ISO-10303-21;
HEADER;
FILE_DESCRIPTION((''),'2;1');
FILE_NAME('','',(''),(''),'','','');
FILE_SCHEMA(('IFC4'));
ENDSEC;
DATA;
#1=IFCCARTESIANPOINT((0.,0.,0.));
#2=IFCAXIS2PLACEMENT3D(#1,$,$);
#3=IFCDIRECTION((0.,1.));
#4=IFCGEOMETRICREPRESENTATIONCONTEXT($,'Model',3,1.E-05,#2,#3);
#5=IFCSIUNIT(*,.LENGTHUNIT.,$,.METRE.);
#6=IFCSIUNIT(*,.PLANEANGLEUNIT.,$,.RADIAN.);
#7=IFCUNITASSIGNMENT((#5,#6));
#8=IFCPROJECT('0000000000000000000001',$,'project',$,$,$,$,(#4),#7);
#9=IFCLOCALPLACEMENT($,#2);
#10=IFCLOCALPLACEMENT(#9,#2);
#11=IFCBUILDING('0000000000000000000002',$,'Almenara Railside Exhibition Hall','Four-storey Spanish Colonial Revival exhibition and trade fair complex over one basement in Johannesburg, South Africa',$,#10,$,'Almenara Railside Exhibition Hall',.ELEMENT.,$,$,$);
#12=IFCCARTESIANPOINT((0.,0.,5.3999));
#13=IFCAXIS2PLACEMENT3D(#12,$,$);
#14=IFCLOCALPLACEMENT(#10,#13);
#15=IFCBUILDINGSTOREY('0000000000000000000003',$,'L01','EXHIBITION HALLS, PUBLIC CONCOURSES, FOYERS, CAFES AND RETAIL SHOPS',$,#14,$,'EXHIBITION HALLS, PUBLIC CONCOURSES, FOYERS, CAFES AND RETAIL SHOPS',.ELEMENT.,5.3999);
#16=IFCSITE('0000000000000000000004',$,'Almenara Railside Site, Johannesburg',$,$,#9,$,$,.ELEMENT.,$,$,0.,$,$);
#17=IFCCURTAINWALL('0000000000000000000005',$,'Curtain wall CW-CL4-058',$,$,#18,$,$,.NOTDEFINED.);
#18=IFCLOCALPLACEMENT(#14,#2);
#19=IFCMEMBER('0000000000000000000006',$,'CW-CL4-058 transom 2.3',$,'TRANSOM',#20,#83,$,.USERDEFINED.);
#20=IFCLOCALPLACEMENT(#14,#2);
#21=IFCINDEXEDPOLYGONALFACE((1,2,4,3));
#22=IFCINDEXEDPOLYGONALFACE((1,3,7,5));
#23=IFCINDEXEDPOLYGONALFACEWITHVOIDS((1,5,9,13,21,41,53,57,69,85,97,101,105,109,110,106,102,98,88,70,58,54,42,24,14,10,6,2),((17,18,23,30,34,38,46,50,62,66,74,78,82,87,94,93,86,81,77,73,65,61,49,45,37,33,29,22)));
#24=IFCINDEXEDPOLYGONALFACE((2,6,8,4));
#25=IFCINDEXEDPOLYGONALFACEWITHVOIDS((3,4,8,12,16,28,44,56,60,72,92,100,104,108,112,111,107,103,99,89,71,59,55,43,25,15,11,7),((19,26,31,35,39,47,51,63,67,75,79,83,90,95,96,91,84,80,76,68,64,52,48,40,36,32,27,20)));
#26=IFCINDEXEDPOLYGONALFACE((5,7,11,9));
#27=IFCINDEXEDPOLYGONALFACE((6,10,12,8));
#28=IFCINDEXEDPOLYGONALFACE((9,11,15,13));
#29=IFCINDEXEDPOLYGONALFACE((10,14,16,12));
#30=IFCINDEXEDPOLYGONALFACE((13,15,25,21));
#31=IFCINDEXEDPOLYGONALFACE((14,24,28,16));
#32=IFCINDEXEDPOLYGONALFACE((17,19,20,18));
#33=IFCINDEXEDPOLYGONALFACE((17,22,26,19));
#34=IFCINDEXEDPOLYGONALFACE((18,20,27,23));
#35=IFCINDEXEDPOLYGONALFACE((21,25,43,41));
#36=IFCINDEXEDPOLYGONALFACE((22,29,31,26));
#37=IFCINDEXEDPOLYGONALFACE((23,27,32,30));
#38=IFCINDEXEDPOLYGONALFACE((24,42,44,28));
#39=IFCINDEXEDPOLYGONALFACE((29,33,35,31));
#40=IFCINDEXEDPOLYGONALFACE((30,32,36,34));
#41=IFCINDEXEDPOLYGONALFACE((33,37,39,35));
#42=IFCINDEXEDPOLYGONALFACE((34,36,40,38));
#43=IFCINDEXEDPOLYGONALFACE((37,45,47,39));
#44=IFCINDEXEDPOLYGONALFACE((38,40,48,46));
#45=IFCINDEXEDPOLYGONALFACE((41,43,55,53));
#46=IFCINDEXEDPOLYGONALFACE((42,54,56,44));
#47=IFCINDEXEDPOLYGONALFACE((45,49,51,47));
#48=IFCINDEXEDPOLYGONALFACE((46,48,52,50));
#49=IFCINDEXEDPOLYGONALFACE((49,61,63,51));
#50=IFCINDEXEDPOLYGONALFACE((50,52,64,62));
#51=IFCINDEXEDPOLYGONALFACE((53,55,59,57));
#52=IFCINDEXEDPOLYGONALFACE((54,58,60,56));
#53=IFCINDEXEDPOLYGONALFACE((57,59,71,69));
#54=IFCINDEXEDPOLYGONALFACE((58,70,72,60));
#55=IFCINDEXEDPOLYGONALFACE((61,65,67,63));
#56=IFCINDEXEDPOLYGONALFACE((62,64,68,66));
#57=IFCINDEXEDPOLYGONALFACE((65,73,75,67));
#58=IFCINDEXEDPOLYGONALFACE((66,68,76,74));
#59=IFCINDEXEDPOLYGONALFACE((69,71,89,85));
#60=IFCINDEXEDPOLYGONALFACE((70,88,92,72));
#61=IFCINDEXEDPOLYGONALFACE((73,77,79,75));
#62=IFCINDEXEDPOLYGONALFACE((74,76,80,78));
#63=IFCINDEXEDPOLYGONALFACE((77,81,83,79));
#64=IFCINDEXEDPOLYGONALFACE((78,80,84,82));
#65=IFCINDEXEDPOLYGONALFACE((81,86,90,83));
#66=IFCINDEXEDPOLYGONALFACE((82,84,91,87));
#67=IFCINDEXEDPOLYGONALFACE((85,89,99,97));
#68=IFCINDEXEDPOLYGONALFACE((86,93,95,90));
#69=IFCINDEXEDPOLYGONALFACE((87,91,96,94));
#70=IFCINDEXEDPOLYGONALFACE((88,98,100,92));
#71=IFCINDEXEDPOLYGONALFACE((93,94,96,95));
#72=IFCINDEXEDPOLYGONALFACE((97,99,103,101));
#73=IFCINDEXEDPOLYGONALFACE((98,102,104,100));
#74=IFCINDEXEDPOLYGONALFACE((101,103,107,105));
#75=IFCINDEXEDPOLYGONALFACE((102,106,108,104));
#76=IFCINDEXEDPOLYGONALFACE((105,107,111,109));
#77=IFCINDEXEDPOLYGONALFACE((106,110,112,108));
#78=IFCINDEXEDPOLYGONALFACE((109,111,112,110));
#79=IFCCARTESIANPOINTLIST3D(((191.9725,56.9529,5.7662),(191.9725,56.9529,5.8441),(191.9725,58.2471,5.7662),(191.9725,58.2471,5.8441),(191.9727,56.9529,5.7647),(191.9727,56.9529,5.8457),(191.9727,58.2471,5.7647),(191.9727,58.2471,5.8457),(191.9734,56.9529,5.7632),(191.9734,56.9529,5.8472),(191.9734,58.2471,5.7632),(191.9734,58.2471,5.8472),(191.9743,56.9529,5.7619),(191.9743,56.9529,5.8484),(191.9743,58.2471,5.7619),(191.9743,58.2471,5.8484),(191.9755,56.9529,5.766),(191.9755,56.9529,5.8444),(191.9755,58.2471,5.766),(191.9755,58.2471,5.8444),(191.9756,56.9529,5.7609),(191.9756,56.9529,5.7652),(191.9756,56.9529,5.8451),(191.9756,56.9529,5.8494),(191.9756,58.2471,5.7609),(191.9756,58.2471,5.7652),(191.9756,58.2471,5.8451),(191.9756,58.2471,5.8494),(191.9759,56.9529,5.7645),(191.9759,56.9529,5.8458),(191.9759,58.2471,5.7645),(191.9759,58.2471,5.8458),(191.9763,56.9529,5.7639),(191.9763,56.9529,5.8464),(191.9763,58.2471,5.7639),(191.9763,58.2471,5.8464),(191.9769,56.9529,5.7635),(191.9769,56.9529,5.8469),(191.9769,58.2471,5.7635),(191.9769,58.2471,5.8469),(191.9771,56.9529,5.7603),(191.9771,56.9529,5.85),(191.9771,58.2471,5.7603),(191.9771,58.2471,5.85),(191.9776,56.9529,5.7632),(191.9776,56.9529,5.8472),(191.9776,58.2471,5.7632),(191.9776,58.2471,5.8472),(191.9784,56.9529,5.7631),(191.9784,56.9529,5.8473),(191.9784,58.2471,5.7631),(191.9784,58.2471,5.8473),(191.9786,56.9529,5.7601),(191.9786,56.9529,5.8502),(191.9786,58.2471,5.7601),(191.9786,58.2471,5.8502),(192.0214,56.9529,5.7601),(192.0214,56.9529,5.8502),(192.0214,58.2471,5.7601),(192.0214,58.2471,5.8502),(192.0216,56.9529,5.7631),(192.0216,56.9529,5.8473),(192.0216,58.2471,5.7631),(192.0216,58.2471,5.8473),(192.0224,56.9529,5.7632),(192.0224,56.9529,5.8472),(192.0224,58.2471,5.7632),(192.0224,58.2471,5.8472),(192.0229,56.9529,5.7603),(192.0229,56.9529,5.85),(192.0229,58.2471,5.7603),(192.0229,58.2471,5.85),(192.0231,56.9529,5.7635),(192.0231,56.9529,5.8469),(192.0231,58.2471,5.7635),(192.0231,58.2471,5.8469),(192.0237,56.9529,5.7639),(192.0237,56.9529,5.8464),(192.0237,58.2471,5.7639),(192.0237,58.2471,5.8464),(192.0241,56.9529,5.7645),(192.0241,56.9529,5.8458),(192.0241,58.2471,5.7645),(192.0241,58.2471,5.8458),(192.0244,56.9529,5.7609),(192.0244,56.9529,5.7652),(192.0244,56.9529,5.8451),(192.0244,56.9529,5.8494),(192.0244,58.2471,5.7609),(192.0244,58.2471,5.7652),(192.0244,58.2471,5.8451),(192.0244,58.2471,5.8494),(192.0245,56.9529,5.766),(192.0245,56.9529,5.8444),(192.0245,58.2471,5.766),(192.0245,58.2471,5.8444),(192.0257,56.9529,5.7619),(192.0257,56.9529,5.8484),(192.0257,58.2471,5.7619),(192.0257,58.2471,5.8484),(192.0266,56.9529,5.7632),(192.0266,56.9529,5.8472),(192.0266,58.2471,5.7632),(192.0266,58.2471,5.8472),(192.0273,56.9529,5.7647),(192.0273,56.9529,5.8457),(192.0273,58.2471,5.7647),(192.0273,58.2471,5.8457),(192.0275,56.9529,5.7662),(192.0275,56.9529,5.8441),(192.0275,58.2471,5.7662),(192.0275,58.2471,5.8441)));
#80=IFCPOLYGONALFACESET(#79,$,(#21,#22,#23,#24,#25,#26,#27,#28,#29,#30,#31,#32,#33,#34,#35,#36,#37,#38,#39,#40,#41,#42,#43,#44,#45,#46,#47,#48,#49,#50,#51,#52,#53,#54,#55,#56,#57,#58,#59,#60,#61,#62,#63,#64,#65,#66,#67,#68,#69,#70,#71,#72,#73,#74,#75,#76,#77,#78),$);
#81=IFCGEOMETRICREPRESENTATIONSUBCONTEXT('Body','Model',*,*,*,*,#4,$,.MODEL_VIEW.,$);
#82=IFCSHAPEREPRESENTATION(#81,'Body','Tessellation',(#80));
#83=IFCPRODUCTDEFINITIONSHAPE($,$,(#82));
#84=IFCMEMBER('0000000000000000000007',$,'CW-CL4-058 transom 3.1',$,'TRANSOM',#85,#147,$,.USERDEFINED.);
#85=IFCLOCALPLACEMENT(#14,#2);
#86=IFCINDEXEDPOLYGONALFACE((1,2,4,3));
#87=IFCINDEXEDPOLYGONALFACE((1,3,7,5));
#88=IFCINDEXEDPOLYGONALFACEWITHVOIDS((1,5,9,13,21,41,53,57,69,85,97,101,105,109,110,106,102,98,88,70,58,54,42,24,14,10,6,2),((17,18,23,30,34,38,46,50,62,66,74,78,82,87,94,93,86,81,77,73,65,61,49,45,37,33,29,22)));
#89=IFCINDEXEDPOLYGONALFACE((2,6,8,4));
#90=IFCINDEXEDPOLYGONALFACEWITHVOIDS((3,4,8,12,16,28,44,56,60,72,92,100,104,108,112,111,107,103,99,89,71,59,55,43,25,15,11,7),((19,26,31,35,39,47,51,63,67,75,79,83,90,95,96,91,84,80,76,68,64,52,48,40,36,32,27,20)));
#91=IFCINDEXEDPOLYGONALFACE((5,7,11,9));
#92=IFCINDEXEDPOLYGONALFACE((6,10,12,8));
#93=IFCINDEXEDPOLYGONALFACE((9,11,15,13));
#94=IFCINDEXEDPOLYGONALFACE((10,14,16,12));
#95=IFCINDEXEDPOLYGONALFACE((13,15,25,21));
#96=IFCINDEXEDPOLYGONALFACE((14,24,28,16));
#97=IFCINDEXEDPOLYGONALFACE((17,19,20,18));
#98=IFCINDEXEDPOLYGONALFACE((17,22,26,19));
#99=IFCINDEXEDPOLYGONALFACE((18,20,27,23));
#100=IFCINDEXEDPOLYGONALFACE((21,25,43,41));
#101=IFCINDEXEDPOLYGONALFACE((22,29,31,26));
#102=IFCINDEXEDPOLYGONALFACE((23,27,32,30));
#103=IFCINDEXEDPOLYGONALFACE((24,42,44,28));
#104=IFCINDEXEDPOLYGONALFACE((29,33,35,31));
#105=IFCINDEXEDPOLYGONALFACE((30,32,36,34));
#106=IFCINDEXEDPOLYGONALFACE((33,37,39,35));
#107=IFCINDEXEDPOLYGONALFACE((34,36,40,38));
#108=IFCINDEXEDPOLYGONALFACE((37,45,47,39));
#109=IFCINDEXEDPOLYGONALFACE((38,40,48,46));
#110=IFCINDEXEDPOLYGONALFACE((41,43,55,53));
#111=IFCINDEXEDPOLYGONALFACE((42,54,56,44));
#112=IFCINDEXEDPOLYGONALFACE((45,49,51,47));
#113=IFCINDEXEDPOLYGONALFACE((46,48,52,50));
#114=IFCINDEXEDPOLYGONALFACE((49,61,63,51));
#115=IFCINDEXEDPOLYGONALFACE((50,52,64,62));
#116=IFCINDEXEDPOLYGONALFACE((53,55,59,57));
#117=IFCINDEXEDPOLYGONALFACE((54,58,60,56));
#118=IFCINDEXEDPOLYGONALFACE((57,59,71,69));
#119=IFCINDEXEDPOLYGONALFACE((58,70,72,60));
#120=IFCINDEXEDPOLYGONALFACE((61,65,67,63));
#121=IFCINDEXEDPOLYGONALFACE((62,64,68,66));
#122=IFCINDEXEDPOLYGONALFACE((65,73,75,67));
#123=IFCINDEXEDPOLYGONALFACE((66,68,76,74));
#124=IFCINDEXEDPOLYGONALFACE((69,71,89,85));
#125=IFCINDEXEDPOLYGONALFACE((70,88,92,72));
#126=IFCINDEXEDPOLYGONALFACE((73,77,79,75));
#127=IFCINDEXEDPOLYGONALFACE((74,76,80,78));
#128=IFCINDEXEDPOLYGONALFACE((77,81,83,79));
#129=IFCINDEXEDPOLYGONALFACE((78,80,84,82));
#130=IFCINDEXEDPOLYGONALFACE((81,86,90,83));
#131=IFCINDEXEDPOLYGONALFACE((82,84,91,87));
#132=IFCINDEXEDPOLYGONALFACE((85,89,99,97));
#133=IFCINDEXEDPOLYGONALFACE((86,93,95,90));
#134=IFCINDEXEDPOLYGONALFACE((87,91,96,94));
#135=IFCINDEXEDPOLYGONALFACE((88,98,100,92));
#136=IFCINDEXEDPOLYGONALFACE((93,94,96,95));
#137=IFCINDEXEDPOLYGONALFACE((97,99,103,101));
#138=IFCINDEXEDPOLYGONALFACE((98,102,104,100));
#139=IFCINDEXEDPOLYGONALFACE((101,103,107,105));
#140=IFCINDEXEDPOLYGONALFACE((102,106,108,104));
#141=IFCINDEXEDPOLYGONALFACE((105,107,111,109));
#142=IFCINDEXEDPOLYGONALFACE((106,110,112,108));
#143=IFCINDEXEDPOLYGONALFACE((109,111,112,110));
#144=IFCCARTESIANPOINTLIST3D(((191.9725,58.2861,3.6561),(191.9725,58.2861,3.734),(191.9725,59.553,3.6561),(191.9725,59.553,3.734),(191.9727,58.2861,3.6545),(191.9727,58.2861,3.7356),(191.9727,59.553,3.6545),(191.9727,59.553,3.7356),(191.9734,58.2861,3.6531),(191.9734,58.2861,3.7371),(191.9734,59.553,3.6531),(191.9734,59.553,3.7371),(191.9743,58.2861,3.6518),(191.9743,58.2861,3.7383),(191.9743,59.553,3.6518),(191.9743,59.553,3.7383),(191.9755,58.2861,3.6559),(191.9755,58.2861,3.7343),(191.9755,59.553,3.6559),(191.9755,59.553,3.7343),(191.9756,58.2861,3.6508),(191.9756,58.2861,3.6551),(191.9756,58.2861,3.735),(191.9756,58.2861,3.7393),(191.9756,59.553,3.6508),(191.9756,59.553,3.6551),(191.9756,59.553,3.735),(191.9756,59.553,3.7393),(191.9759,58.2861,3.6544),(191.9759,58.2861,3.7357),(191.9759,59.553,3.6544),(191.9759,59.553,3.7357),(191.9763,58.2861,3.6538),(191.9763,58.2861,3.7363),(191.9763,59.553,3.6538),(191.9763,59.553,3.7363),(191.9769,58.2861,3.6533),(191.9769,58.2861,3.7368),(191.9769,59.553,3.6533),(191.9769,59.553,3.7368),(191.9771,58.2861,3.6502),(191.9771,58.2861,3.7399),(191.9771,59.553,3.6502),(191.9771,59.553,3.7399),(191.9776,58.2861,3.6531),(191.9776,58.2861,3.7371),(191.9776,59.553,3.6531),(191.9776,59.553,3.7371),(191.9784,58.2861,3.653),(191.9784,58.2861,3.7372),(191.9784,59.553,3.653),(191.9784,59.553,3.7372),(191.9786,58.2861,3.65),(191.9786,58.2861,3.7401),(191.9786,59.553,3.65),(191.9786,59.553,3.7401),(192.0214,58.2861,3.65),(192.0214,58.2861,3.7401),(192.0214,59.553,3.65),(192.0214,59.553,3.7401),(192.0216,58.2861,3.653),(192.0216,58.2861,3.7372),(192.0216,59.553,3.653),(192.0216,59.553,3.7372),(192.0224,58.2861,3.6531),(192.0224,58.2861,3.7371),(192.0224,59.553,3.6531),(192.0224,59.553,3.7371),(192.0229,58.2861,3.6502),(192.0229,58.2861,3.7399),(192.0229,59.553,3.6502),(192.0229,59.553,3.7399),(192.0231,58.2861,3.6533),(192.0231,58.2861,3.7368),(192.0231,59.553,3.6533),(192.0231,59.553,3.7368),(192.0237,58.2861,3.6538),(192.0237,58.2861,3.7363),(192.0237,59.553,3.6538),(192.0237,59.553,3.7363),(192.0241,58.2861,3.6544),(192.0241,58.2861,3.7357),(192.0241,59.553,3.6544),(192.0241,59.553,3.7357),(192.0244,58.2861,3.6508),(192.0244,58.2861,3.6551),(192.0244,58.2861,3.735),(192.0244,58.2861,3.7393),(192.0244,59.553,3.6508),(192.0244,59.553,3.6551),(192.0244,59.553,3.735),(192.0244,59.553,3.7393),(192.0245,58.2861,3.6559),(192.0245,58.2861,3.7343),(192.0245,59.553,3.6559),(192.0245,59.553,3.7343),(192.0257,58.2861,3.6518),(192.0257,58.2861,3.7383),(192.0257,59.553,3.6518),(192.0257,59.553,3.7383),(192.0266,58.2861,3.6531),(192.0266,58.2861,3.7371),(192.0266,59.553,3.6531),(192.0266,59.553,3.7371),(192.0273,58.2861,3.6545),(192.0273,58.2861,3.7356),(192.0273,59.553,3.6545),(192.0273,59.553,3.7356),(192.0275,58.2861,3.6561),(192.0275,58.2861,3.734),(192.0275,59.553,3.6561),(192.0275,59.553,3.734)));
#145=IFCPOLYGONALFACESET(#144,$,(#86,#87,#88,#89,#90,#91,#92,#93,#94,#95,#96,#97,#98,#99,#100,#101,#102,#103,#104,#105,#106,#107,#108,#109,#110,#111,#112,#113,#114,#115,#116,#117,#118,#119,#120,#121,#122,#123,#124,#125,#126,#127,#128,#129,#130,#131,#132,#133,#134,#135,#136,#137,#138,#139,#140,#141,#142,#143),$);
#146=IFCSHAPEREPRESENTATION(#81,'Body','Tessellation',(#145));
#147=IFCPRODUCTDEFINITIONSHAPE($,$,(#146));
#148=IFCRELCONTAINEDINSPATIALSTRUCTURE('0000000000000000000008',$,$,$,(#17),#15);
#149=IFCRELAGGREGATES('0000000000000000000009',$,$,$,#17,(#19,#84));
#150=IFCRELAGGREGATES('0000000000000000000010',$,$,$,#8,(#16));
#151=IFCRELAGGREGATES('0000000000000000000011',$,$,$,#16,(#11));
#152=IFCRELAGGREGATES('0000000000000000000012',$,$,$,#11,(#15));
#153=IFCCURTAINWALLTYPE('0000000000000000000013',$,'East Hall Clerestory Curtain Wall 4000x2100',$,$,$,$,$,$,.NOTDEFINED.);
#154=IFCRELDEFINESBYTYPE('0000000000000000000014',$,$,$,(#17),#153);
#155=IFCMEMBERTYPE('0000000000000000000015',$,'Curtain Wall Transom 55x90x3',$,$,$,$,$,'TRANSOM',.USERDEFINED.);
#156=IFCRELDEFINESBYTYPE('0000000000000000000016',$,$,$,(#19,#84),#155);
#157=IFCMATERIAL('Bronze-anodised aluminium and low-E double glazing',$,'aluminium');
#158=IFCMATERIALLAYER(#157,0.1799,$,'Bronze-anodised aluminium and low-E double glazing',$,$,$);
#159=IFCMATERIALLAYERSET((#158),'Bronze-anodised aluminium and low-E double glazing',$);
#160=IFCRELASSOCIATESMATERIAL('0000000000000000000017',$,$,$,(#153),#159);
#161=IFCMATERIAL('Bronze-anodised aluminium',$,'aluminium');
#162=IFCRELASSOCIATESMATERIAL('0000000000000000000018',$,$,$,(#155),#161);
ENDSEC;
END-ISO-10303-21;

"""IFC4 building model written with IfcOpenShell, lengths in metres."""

from ifc_helpers import new_model, si_unit, direction, frame, origin, origin_2d, place, context, subcontext, project, spatial, hollow_rectangle, extrude, material, layer, layer_set, material_profile, profile_set, type_object, element, aggregate, save


model = new_model("IFC4")

# Units and contexts
model_context = context("Model", 3, precision=1e-05, world=origin(), true_north=direction((0.0, 1.0)))
body_context = subcontext(model_context, "Body", "Model", "MODEL_VIEW")
ifc_project = project(units=[si_unit("LENGTHUNIT", "METRE"), si_unit("PLANEANGLEUNIT", "RADIAN")], contexts=[model_context])

# Site, building, storey
site_placement = place(None, origin())
site = spatial("IfcSite", under=ifc_project, at=site_placement, Name="Almenara Railside Site, Johannesburg", CompositionType="ELEMENT", RefElevation=0.0)
building_placement = place(site_placement, origin())
building = spatial("IfcBuilding", under=site, at=building_placement, Name="Almenara Railside Exhibition Hall", Description="Four-storey Spanish Colonial Revival exhibition and trade fair complex over one basement in Johannesburg, South Africa", LongName="Almenara Railside Exhibition Hall", CompositionType="ELEMENT")
storey_placement = place(building_placement, frame((0.0, 0.0, 5.3999)))
storey = spatial("IfcBuildingStorey", under=building, at=storey_placement, Name="L01", Description="EXHIBITION HALLS, PUBLIC CONCOURSES, FOYERS, CAFES AND RETAIL SHOPS", LongName="EXHIBITION HALLS, PUBLIC CONCOURSES, FOYERS, CAFES AND RETAIL SHOPS", CompositionType="ELEMENT", Elevation=5.3999)

# Curtain wall, members
ifc_material_1 = material(Name="Bronze-anodised aluminium and low-E double glazing", Category="aluminium")
ifc_layer_1 = layer(ifc_material_1, 0.1799, Name="Bronze-anodised aluminium and low-E double glazing")
ifc_layer_set_1 = layer_set([ifc_layer_1], Name="Bronze-anodised aluminium and low-E double glazing")
curtain_wall_type = type_object("IfcCurtainWallType", Name="East Hall Clerestory Curtain Wall 4000x2100", PredefinedType="NOTDEFINED", material=ifc_layer_set_1)
curtain_wall_placement = place(storey_placement, origin())
curtain_wall = element("IfcCurtainWall", 1, at=curtain_wall_placement, inside=storey, type_object=curtain_wall_type, Name="Curtain wall CW-CL4-058", PredefinedType="NOTDEFINED")
ifc_material_2 = material(Name="Bronze-anodised aluminium", Category="aluminium")
ifc_material_profile_1 = material_profile(ifc_material_2, hollow_rectangle(XDim=0.0549, YDim=0.0901, WallThickness=0.0029, InnerFilletRadius=0.0029, OuterFilletRadius=0.0061, at=origin_2d()), Name="ALU-TRN 55x90x3")
ifc_profile_set_1 = profile_set([ifc_material_profile_1], Name="Bronze-anodised aluminium")
member_type_1 = type_object("IfcMemberType", Name="Curtain Wall Transom 55x90x3", ElementType="TRANSOM", PredefinedType="USERDEFINED", material=ifc_profile_set_1)
member_1_placement = place(storey_placement, frame((192.0, 56.9529, 5.8052), z_axis=(0.0, 1.0, 0.0), x_axis=(-1.0, 0.0, 0.0)))
member_1 = element("IfcMember", 2, at=member_1_placement, type_object=member_type_1, Name="CW-CL4-058 transom 2.3", ObjectType="TRANSOM", PredefinedType="USERDEFINED", context=body_context, shape_type="SweptSolid", body=[
    extrude(hollow_rectangle(XDim=0.0549, YDim=0.0901, WallThickness=0.0029, InnerFilletRadius=0.0029, OuterFilletRadius=0.0061, at=origin_2d()), origin(), (0.0, 0.0, 1.0), 1.2942),
])
member_2_placement = place(storey_placement, frame((192.0, 58.2861, 3.6951), z_axis=(0.0, 1.0, 0.0), x_axis=(-1.0, 0.0, 0.0)))
member_2 = element("IfcMember", 3, at=member_2_placement, type_object=member_type_1, Name="CW-CL4-058 transom 3.1", ObjectType="TRANSOM", PredefinedType="USERDEFINED", context=body_context, shape_type="SweptSolid", body=[
    extrude(hollow_rectangle(XDim=0.0549, YDim=0.0901, WallThickness=0.0029, InnerFilletRadius=0.0029, OuterFilletRadius=0.0061, at=origin_2d()), origin(), (0.0, 0.0, 1.0), 1.2668),
])

aggregate(curtain_wall, [member_1, member_2])

save(model, "model.ifc")
